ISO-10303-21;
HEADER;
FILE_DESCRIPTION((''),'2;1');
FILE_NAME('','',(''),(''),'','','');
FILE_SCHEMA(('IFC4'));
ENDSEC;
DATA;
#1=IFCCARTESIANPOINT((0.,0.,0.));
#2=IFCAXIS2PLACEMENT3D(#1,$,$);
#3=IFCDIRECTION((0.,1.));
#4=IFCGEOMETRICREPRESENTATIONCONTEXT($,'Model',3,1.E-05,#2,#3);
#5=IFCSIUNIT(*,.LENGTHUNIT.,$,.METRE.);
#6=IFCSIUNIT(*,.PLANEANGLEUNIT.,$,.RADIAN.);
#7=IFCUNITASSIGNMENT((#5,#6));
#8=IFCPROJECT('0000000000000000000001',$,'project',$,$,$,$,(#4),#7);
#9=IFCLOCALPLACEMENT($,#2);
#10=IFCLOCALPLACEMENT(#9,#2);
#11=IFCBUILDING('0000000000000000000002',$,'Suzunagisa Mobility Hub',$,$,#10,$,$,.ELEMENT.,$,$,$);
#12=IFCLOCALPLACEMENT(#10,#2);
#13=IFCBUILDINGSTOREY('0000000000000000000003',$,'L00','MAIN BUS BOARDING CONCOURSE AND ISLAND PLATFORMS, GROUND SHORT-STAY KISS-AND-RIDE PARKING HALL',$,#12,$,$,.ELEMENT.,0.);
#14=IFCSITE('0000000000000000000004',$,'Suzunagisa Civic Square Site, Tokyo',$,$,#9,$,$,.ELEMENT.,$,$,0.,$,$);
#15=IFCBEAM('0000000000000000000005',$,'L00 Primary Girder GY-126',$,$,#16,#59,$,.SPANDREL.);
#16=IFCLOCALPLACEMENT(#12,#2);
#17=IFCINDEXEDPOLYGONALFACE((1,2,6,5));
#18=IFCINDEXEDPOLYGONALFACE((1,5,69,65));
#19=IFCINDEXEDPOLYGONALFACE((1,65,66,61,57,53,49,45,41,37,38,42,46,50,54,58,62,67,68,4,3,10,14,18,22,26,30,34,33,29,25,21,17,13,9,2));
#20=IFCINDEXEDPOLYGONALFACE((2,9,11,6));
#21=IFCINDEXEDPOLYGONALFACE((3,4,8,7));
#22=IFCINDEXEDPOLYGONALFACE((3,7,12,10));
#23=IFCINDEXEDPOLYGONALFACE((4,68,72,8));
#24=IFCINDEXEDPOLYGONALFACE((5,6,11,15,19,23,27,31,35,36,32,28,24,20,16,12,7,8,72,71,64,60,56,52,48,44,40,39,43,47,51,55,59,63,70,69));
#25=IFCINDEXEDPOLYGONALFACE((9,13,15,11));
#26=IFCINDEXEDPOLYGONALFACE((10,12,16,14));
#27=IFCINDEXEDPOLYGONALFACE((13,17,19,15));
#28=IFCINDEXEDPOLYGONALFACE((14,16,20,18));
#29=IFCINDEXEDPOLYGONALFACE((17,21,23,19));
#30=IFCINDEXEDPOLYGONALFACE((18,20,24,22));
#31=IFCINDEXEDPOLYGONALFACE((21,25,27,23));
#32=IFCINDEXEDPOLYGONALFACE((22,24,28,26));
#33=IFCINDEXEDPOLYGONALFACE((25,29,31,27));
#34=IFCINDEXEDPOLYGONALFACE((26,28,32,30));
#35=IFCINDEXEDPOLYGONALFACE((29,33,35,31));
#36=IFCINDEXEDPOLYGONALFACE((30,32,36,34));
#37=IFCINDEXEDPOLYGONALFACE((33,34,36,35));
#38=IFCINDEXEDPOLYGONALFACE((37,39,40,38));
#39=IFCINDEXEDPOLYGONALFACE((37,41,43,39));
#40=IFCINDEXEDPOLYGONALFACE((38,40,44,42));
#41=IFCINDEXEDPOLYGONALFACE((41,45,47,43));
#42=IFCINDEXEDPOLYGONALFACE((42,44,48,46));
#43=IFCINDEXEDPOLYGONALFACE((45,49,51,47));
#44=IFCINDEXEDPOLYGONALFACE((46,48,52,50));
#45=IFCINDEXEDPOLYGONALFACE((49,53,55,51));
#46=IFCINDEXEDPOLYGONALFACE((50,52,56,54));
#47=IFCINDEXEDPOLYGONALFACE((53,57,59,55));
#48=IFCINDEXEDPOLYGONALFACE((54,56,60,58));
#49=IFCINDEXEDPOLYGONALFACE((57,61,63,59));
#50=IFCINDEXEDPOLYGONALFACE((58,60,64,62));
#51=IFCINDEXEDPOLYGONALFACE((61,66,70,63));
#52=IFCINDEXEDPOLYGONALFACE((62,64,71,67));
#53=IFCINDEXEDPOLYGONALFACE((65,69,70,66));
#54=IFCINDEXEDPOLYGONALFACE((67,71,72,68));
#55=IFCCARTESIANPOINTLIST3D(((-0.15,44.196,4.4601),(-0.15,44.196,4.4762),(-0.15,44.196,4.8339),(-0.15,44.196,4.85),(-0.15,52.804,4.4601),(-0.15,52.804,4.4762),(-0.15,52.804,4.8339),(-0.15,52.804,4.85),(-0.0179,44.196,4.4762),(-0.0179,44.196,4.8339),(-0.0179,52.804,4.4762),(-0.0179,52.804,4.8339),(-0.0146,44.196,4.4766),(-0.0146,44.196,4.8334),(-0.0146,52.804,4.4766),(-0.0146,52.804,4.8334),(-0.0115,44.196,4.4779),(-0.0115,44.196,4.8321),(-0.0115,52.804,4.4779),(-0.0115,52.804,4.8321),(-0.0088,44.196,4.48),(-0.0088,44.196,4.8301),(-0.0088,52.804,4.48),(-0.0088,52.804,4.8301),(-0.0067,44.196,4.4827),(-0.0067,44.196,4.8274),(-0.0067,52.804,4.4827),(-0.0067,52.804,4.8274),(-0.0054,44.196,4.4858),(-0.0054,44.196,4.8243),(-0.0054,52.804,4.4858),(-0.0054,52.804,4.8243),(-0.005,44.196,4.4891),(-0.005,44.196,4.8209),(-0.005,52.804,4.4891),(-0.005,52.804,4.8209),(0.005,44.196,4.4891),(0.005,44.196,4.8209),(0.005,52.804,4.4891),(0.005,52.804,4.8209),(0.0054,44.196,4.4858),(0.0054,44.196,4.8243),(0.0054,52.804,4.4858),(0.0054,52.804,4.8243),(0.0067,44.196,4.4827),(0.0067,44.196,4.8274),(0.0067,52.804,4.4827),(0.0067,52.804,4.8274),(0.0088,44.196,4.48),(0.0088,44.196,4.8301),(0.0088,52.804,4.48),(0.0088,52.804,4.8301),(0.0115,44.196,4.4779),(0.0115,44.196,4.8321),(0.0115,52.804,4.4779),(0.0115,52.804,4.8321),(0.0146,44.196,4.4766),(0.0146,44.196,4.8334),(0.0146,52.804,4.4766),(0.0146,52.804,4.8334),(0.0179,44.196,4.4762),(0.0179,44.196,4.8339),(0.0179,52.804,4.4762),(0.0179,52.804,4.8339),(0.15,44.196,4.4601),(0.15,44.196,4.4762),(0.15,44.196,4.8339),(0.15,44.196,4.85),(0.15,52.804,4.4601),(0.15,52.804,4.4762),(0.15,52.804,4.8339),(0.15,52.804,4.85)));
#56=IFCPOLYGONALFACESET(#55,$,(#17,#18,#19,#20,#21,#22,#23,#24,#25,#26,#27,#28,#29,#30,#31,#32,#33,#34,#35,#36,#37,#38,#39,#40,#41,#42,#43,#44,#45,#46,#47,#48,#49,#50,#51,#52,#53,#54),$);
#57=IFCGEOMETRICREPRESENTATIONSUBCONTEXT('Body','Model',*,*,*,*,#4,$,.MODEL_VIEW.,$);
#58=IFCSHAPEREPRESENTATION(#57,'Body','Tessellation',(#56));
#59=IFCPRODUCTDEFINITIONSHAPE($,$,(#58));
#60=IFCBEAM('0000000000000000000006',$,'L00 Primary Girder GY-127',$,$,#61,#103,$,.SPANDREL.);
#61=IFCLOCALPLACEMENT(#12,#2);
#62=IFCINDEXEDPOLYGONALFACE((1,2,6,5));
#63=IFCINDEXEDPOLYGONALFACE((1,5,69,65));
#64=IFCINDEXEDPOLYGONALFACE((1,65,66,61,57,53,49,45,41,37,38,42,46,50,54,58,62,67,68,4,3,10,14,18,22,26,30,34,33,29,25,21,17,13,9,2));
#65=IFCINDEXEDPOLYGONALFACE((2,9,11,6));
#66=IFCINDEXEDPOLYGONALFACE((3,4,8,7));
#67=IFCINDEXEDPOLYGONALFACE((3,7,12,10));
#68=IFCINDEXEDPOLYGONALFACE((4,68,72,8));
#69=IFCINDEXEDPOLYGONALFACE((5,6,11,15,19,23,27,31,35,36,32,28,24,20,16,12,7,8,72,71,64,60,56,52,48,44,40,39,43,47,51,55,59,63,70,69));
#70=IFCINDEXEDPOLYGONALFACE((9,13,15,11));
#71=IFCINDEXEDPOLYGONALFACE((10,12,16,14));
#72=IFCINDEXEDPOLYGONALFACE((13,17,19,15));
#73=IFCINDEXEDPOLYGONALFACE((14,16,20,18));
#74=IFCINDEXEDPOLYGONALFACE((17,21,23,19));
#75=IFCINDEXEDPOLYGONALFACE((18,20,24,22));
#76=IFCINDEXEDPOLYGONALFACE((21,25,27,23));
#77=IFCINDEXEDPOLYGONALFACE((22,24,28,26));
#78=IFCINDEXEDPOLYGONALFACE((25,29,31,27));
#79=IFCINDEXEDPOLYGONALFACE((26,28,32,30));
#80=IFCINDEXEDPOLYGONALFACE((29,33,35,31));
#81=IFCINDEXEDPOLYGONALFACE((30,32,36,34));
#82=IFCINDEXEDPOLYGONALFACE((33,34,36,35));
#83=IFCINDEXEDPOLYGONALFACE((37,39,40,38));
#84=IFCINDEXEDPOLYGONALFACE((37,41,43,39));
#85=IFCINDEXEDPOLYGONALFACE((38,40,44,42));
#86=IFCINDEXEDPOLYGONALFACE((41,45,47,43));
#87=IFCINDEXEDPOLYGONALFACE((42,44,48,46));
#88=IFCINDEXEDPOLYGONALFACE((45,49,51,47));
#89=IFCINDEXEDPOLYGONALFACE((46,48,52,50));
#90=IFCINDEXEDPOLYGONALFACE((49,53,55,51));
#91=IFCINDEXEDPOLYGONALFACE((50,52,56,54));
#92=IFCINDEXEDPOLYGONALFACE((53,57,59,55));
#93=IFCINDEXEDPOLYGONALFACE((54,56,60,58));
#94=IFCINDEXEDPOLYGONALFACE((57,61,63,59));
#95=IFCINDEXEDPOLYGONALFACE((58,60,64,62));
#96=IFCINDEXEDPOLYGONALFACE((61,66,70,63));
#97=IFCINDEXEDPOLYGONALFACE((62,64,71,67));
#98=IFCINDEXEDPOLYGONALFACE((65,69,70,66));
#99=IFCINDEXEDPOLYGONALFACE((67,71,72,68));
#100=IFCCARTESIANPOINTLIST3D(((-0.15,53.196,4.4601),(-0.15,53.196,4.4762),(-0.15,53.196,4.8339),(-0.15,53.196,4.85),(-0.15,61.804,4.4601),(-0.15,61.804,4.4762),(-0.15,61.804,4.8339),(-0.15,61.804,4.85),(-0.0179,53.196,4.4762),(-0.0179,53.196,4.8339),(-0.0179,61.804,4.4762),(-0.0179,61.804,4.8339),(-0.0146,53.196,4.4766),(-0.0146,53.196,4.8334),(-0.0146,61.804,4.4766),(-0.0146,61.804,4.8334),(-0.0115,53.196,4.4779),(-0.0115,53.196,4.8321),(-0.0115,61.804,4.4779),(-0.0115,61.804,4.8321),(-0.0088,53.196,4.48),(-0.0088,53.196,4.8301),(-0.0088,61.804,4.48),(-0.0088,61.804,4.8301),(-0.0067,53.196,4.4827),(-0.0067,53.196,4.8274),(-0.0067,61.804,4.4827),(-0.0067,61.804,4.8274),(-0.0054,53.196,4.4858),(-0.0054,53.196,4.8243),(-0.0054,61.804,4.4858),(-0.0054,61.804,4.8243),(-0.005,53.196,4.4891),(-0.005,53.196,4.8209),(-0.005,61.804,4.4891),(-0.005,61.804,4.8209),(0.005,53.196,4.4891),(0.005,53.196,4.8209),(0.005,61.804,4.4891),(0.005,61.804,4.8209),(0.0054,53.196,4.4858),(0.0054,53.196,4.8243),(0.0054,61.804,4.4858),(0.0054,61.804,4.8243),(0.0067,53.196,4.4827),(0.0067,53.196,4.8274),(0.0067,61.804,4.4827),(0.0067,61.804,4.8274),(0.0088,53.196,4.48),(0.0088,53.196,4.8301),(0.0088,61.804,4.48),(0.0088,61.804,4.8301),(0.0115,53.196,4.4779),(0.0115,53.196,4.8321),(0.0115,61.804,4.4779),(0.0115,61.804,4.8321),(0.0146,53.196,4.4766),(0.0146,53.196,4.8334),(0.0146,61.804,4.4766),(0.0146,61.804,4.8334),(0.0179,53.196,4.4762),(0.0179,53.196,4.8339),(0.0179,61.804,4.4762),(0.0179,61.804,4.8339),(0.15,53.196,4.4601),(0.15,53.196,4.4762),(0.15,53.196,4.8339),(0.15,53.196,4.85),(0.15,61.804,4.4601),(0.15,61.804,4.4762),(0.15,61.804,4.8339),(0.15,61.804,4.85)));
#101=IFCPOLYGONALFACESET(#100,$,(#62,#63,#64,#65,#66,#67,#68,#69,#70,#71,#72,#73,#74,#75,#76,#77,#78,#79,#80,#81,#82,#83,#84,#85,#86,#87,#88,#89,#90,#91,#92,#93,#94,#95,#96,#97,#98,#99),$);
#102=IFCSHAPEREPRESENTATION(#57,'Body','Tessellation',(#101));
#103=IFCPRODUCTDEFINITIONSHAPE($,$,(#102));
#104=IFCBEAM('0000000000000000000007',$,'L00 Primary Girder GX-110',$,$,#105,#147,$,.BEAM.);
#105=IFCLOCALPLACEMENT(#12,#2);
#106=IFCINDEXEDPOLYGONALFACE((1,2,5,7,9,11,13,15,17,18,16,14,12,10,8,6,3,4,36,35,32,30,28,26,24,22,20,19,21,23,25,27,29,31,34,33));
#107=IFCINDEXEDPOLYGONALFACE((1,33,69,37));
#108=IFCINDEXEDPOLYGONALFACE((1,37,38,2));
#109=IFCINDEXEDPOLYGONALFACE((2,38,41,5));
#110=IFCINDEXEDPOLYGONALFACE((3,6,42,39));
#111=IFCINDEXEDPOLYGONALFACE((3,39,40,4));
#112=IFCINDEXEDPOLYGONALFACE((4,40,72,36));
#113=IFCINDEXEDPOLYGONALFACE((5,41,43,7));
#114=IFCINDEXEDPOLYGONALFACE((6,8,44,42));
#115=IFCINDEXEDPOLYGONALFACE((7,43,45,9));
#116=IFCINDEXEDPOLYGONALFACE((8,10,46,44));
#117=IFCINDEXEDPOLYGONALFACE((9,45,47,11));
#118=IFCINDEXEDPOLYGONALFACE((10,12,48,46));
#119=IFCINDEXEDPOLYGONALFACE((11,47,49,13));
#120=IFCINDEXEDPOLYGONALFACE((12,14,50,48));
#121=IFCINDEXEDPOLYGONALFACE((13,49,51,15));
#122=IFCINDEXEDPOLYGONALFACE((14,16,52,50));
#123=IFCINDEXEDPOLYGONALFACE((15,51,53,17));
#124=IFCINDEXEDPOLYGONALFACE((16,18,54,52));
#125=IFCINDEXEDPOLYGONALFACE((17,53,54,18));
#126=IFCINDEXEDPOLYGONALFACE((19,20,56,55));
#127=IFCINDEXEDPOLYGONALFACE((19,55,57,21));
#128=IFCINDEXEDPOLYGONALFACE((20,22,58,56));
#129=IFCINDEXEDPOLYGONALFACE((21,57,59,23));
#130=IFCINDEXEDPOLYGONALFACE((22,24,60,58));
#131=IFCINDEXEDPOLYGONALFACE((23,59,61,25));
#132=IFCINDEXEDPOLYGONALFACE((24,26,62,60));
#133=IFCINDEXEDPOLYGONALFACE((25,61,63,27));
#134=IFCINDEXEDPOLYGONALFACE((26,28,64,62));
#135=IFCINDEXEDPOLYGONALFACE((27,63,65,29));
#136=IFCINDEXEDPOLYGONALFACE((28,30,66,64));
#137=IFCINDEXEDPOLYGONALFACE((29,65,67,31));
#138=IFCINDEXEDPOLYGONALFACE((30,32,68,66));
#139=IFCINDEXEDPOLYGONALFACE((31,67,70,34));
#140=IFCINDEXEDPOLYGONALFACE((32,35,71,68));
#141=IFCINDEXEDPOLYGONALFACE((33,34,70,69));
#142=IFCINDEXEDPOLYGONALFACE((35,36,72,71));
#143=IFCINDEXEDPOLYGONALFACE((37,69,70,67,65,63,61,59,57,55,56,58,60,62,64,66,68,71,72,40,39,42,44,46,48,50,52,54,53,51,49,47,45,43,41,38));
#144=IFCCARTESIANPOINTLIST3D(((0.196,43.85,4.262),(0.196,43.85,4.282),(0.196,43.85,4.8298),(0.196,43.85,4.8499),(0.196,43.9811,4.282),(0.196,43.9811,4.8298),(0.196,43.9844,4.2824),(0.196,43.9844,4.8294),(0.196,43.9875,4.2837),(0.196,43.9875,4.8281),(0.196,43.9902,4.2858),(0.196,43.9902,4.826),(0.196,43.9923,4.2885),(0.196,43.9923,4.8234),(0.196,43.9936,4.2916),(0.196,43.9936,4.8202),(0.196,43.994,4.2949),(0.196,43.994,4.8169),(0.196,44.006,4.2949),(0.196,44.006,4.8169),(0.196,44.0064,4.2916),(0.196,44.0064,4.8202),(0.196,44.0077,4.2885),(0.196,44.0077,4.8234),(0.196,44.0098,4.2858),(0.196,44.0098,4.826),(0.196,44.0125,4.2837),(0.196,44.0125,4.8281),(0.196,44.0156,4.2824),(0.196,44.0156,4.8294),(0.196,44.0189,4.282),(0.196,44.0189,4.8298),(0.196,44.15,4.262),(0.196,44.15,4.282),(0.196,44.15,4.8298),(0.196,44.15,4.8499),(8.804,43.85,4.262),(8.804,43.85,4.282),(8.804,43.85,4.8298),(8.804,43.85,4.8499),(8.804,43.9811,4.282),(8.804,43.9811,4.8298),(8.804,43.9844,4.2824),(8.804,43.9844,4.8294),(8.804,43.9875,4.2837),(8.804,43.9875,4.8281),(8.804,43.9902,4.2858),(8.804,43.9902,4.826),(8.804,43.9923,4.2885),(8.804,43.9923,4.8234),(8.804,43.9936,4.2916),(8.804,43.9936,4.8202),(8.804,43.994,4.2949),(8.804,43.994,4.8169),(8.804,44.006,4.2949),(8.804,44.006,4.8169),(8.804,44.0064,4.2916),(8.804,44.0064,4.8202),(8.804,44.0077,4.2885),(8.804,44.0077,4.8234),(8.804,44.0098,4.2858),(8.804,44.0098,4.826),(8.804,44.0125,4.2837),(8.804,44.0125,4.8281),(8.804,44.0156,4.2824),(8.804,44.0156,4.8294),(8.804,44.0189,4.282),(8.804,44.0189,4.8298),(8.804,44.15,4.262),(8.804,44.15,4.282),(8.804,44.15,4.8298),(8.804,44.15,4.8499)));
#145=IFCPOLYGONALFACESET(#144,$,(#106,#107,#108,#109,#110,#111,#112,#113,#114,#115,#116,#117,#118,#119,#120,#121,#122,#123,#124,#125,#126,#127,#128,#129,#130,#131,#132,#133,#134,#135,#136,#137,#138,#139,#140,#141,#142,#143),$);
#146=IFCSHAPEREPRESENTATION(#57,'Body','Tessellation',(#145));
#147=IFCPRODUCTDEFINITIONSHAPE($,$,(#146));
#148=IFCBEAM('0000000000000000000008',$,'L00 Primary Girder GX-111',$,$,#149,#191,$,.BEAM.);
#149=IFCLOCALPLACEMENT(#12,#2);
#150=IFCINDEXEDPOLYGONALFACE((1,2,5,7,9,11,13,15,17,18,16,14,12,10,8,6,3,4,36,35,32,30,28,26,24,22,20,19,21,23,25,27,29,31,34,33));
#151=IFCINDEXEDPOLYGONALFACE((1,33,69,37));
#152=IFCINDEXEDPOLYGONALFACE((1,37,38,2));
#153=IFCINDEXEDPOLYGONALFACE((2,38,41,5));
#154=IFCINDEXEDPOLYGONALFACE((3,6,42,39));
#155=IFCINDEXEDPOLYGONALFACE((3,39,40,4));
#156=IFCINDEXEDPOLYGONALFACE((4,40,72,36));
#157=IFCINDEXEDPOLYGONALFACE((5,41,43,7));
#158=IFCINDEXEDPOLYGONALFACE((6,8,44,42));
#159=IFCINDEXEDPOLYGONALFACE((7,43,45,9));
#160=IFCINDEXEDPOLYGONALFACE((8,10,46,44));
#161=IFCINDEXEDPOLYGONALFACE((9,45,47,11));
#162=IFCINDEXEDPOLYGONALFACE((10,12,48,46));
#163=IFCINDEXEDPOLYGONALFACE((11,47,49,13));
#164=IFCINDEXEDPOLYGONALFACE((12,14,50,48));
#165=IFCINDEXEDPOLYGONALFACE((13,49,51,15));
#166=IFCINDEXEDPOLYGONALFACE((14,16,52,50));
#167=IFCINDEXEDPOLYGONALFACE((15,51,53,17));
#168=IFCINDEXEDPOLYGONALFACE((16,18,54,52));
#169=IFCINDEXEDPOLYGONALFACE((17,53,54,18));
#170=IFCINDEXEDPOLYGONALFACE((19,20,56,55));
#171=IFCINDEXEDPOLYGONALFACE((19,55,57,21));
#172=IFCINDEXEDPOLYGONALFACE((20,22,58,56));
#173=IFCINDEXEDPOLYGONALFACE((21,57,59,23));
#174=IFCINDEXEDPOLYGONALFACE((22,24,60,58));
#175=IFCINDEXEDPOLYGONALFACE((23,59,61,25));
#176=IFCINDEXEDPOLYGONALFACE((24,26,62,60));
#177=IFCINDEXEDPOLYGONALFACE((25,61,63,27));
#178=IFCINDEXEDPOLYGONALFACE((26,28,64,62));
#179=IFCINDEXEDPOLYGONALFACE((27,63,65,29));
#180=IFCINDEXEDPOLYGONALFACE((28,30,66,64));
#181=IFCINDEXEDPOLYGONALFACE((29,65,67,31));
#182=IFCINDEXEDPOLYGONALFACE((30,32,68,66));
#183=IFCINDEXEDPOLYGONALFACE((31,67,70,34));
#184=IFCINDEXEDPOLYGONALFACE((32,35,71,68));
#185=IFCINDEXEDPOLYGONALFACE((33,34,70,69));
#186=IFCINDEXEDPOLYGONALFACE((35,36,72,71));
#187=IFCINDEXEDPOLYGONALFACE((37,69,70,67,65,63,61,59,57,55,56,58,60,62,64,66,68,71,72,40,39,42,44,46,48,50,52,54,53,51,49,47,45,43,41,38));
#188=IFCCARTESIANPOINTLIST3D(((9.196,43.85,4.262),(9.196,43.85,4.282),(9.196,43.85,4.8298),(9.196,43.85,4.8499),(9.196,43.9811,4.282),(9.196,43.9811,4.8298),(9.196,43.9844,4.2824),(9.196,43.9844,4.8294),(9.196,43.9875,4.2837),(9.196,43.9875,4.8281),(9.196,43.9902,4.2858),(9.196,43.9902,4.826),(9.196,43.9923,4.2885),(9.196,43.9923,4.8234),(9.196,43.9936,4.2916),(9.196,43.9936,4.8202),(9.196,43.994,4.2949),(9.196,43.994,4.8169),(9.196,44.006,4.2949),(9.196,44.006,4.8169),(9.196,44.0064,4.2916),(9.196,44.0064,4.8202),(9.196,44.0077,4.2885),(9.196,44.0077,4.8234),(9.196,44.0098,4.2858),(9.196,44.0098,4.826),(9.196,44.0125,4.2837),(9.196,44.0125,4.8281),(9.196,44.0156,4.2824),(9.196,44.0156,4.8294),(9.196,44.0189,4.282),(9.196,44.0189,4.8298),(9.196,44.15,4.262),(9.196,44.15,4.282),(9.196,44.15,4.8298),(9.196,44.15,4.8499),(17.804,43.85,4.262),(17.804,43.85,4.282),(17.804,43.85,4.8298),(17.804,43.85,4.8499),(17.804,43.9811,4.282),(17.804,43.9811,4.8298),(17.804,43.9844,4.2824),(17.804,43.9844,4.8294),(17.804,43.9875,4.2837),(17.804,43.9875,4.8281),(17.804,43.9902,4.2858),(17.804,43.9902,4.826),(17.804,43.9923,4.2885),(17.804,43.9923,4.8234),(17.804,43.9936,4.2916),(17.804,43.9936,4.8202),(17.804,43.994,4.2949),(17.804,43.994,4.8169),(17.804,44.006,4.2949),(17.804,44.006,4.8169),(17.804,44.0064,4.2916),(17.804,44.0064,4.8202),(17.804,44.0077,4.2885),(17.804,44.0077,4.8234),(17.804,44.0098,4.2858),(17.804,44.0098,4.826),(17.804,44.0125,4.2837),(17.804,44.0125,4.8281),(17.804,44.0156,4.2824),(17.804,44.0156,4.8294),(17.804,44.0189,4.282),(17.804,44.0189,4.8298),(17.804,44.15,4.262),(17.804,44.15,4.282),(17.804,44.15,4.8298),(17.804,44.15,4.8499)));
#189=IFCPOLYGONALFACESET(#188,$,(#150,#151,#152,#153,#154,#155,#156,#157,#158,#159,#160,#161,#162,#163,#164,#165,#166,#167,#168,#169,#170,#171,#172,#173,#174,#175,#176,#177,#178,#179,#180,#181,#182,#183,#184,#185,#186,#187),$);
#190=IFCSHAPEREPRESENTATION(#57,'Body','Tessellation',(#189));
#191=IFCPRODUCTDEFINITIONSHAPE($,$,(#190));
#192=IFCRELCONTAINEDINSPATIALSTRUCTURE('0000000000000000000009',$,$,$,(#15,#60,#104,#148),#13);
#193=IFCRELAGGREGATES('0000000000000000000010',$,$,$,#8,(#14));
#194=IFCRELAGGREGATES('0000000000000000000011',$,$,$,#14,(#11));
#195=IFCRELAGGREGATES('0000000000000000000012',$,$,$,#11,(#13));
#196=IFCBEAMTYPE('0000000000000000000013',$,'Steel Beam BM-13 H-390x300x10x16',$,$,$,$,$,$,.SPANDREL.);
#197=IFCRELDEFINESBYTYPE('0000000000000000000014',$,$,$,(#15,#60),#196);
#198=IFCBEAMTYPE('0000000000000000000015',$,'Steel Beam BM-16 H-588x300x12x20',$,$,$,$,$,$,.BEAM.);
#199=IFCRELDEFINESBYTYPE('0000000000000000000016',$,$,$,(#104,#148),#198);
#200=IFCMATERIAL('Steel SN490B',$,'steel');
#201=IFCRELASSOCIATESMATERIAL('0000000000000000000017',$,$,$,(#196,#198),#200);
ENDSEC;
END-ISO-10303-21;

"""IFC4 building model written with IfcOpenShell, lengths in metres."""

from ifc_helpers import new_model, si_unit, direction, frame, origin, origin_2d, place, context, subcontext, project, spatial, i_section, extrude, material, material_profile, profile_set, type_object, element, save


model = new_model("IFC4")

# Units and contexts
model_context = context("Model", 3, precision=1e-05, world=origin(), true_north=direction((0.0, 1.0)))
body_context = subcontext(model_context, "Body", "Model", "MODEL_VIEW")
ifc_project = project(units=[si_unit("LENGTHUNIT", "METRE"), si_unit("PLANEANGLEUNIT", "RADIAN")], contexts=[model_context])

# Site, building, storey
site_placement = place(None, origin())
site = spatial("IfcSite", under=ifc_project, at=site_placement, Name="Suzunagisa Civic Square Site, Tokyo", CompositionType="ELEMENT", RefElevation=0.0)
building_placement = place(site_placement, origin())
building = spatial("IfcBuilding", under=site, at=building_placement, Name="Suzunagisa Mobility Hub", CompositionType="ELEMENT")
storey_placement = place(building_placement, origin())
storey = spatial("IfcBuildingStorey", under=building, at=storey_placement, Name="L00", Description="MAIN BUS BOARDING CONCOURSE AND ISLAND PLATFORMS, GROUND SHORT-STAY KISS-AND-RIDE PARKING HALL", CompositionType="ELEMENT", Elevation=0.0)

# Shared definitions
ifc_material_1 = material(Name="Steel SN490B", Category="steel")

# Beams
ifc_material_profile_1 = material_profile(ifc_material_1, i_section(OverallWidth=0.3, OverallDepth=0.3899, WebThickness=0.01, FlangeThickness=0.0161, FilletRadius=0.0129, at=origin_2d()), Name="H-390x300x10x16")
ifc_profile_set_1 = profile_set([ifc_material_profile_1], Name="Steel SN490B")
beam_type_1 = type_object("IfcBeamType", Name="Steel Beam BM-13 H-390x300x10x16", PredefinedType="SPANDREL", material=ifc_profile_set_1)
for number, where, z_axis, x_axis, name in (
    (1, (0.0, 44.196, 4.655), (0.0, 1.0, 0.0), (-1.0, 0.0, 0.0), "L00 Primary Girder GY-126"),
    (2, (0.0, 53.196, 4.655), (0.0, 1.0, 0.0), (-1.0, 0.0, 0.0), "L00 Primary Girder GY-127"),
):
    element("IfcBeam", number, at=place(storey_placement, frame(where, z_axis=z_axis, x_axis=x_axis)), inside=storey, type_object=beam_type_1, Name=name, PredefinedType="SPANDREL", context=body_context, shape_type="SweptSolid", body=[
        extrude(i_section(OverallWidth=0.3, OverallDepth=0.3899, WebThickness=0.01, FlangeThickness=0.0161, FilletRadius=0.0129, at=origin_2d()), origin(), (0.0, 0.0, 1.0), 8.6079),
    ])
ifc_material_profile_2 = material_profile(ifc_material_1, i_section(OverallWidth=0.3, OverallDepth=0.5879, WebThickness=0.012, FlangeThickness=0.02, FilletRadius=0.0129, at=origin_2d()), Name="H-588x300x12x20")
ifc_profile_set_2 = profile_set([ifc_material_profile_2], Name="Steel SN490B")
beam_type_2 = type_object("IfcBeamType", Name="Steel Beam BM-16 H-588x300x12x20", PredefinedType="BEAM", material=ifc_profile_set_2)
for number, where, z_axis, x_axis, name in (
    (3, (0.196, 44.0, 4.5559), (1.0, 0.0, 0.0), (0.0, 1.0, 0.0), "L00 Primary Girder GX-110"),
    (4, (9.196, 44.0, 4.5559), (1.0, 0.0, 0.0), (0.0, 1.0, 0.0), "L00 Primary Girder GX-111"),
):
    element("IfcBeam", number, at=place(storey_placement, frame(where, z_axis=z_axis, x_axis=x_axis)), inside=storey, type_object=beam_type_2, Name=name, PredefinedType="BEAM", context=body_context, shape_type="SweptSolid", body=[
        extrude(i_section(OverallWidth=0.3, OverallDepth=0.5879, WebThickness=0.012, FlangeThickness=0.02, FilletRadius=0.0129, at=origin_2d()), origin(), (0.0, 0.0, 1.0), 8.6079),
    ])

save(model, "model.ifc")
